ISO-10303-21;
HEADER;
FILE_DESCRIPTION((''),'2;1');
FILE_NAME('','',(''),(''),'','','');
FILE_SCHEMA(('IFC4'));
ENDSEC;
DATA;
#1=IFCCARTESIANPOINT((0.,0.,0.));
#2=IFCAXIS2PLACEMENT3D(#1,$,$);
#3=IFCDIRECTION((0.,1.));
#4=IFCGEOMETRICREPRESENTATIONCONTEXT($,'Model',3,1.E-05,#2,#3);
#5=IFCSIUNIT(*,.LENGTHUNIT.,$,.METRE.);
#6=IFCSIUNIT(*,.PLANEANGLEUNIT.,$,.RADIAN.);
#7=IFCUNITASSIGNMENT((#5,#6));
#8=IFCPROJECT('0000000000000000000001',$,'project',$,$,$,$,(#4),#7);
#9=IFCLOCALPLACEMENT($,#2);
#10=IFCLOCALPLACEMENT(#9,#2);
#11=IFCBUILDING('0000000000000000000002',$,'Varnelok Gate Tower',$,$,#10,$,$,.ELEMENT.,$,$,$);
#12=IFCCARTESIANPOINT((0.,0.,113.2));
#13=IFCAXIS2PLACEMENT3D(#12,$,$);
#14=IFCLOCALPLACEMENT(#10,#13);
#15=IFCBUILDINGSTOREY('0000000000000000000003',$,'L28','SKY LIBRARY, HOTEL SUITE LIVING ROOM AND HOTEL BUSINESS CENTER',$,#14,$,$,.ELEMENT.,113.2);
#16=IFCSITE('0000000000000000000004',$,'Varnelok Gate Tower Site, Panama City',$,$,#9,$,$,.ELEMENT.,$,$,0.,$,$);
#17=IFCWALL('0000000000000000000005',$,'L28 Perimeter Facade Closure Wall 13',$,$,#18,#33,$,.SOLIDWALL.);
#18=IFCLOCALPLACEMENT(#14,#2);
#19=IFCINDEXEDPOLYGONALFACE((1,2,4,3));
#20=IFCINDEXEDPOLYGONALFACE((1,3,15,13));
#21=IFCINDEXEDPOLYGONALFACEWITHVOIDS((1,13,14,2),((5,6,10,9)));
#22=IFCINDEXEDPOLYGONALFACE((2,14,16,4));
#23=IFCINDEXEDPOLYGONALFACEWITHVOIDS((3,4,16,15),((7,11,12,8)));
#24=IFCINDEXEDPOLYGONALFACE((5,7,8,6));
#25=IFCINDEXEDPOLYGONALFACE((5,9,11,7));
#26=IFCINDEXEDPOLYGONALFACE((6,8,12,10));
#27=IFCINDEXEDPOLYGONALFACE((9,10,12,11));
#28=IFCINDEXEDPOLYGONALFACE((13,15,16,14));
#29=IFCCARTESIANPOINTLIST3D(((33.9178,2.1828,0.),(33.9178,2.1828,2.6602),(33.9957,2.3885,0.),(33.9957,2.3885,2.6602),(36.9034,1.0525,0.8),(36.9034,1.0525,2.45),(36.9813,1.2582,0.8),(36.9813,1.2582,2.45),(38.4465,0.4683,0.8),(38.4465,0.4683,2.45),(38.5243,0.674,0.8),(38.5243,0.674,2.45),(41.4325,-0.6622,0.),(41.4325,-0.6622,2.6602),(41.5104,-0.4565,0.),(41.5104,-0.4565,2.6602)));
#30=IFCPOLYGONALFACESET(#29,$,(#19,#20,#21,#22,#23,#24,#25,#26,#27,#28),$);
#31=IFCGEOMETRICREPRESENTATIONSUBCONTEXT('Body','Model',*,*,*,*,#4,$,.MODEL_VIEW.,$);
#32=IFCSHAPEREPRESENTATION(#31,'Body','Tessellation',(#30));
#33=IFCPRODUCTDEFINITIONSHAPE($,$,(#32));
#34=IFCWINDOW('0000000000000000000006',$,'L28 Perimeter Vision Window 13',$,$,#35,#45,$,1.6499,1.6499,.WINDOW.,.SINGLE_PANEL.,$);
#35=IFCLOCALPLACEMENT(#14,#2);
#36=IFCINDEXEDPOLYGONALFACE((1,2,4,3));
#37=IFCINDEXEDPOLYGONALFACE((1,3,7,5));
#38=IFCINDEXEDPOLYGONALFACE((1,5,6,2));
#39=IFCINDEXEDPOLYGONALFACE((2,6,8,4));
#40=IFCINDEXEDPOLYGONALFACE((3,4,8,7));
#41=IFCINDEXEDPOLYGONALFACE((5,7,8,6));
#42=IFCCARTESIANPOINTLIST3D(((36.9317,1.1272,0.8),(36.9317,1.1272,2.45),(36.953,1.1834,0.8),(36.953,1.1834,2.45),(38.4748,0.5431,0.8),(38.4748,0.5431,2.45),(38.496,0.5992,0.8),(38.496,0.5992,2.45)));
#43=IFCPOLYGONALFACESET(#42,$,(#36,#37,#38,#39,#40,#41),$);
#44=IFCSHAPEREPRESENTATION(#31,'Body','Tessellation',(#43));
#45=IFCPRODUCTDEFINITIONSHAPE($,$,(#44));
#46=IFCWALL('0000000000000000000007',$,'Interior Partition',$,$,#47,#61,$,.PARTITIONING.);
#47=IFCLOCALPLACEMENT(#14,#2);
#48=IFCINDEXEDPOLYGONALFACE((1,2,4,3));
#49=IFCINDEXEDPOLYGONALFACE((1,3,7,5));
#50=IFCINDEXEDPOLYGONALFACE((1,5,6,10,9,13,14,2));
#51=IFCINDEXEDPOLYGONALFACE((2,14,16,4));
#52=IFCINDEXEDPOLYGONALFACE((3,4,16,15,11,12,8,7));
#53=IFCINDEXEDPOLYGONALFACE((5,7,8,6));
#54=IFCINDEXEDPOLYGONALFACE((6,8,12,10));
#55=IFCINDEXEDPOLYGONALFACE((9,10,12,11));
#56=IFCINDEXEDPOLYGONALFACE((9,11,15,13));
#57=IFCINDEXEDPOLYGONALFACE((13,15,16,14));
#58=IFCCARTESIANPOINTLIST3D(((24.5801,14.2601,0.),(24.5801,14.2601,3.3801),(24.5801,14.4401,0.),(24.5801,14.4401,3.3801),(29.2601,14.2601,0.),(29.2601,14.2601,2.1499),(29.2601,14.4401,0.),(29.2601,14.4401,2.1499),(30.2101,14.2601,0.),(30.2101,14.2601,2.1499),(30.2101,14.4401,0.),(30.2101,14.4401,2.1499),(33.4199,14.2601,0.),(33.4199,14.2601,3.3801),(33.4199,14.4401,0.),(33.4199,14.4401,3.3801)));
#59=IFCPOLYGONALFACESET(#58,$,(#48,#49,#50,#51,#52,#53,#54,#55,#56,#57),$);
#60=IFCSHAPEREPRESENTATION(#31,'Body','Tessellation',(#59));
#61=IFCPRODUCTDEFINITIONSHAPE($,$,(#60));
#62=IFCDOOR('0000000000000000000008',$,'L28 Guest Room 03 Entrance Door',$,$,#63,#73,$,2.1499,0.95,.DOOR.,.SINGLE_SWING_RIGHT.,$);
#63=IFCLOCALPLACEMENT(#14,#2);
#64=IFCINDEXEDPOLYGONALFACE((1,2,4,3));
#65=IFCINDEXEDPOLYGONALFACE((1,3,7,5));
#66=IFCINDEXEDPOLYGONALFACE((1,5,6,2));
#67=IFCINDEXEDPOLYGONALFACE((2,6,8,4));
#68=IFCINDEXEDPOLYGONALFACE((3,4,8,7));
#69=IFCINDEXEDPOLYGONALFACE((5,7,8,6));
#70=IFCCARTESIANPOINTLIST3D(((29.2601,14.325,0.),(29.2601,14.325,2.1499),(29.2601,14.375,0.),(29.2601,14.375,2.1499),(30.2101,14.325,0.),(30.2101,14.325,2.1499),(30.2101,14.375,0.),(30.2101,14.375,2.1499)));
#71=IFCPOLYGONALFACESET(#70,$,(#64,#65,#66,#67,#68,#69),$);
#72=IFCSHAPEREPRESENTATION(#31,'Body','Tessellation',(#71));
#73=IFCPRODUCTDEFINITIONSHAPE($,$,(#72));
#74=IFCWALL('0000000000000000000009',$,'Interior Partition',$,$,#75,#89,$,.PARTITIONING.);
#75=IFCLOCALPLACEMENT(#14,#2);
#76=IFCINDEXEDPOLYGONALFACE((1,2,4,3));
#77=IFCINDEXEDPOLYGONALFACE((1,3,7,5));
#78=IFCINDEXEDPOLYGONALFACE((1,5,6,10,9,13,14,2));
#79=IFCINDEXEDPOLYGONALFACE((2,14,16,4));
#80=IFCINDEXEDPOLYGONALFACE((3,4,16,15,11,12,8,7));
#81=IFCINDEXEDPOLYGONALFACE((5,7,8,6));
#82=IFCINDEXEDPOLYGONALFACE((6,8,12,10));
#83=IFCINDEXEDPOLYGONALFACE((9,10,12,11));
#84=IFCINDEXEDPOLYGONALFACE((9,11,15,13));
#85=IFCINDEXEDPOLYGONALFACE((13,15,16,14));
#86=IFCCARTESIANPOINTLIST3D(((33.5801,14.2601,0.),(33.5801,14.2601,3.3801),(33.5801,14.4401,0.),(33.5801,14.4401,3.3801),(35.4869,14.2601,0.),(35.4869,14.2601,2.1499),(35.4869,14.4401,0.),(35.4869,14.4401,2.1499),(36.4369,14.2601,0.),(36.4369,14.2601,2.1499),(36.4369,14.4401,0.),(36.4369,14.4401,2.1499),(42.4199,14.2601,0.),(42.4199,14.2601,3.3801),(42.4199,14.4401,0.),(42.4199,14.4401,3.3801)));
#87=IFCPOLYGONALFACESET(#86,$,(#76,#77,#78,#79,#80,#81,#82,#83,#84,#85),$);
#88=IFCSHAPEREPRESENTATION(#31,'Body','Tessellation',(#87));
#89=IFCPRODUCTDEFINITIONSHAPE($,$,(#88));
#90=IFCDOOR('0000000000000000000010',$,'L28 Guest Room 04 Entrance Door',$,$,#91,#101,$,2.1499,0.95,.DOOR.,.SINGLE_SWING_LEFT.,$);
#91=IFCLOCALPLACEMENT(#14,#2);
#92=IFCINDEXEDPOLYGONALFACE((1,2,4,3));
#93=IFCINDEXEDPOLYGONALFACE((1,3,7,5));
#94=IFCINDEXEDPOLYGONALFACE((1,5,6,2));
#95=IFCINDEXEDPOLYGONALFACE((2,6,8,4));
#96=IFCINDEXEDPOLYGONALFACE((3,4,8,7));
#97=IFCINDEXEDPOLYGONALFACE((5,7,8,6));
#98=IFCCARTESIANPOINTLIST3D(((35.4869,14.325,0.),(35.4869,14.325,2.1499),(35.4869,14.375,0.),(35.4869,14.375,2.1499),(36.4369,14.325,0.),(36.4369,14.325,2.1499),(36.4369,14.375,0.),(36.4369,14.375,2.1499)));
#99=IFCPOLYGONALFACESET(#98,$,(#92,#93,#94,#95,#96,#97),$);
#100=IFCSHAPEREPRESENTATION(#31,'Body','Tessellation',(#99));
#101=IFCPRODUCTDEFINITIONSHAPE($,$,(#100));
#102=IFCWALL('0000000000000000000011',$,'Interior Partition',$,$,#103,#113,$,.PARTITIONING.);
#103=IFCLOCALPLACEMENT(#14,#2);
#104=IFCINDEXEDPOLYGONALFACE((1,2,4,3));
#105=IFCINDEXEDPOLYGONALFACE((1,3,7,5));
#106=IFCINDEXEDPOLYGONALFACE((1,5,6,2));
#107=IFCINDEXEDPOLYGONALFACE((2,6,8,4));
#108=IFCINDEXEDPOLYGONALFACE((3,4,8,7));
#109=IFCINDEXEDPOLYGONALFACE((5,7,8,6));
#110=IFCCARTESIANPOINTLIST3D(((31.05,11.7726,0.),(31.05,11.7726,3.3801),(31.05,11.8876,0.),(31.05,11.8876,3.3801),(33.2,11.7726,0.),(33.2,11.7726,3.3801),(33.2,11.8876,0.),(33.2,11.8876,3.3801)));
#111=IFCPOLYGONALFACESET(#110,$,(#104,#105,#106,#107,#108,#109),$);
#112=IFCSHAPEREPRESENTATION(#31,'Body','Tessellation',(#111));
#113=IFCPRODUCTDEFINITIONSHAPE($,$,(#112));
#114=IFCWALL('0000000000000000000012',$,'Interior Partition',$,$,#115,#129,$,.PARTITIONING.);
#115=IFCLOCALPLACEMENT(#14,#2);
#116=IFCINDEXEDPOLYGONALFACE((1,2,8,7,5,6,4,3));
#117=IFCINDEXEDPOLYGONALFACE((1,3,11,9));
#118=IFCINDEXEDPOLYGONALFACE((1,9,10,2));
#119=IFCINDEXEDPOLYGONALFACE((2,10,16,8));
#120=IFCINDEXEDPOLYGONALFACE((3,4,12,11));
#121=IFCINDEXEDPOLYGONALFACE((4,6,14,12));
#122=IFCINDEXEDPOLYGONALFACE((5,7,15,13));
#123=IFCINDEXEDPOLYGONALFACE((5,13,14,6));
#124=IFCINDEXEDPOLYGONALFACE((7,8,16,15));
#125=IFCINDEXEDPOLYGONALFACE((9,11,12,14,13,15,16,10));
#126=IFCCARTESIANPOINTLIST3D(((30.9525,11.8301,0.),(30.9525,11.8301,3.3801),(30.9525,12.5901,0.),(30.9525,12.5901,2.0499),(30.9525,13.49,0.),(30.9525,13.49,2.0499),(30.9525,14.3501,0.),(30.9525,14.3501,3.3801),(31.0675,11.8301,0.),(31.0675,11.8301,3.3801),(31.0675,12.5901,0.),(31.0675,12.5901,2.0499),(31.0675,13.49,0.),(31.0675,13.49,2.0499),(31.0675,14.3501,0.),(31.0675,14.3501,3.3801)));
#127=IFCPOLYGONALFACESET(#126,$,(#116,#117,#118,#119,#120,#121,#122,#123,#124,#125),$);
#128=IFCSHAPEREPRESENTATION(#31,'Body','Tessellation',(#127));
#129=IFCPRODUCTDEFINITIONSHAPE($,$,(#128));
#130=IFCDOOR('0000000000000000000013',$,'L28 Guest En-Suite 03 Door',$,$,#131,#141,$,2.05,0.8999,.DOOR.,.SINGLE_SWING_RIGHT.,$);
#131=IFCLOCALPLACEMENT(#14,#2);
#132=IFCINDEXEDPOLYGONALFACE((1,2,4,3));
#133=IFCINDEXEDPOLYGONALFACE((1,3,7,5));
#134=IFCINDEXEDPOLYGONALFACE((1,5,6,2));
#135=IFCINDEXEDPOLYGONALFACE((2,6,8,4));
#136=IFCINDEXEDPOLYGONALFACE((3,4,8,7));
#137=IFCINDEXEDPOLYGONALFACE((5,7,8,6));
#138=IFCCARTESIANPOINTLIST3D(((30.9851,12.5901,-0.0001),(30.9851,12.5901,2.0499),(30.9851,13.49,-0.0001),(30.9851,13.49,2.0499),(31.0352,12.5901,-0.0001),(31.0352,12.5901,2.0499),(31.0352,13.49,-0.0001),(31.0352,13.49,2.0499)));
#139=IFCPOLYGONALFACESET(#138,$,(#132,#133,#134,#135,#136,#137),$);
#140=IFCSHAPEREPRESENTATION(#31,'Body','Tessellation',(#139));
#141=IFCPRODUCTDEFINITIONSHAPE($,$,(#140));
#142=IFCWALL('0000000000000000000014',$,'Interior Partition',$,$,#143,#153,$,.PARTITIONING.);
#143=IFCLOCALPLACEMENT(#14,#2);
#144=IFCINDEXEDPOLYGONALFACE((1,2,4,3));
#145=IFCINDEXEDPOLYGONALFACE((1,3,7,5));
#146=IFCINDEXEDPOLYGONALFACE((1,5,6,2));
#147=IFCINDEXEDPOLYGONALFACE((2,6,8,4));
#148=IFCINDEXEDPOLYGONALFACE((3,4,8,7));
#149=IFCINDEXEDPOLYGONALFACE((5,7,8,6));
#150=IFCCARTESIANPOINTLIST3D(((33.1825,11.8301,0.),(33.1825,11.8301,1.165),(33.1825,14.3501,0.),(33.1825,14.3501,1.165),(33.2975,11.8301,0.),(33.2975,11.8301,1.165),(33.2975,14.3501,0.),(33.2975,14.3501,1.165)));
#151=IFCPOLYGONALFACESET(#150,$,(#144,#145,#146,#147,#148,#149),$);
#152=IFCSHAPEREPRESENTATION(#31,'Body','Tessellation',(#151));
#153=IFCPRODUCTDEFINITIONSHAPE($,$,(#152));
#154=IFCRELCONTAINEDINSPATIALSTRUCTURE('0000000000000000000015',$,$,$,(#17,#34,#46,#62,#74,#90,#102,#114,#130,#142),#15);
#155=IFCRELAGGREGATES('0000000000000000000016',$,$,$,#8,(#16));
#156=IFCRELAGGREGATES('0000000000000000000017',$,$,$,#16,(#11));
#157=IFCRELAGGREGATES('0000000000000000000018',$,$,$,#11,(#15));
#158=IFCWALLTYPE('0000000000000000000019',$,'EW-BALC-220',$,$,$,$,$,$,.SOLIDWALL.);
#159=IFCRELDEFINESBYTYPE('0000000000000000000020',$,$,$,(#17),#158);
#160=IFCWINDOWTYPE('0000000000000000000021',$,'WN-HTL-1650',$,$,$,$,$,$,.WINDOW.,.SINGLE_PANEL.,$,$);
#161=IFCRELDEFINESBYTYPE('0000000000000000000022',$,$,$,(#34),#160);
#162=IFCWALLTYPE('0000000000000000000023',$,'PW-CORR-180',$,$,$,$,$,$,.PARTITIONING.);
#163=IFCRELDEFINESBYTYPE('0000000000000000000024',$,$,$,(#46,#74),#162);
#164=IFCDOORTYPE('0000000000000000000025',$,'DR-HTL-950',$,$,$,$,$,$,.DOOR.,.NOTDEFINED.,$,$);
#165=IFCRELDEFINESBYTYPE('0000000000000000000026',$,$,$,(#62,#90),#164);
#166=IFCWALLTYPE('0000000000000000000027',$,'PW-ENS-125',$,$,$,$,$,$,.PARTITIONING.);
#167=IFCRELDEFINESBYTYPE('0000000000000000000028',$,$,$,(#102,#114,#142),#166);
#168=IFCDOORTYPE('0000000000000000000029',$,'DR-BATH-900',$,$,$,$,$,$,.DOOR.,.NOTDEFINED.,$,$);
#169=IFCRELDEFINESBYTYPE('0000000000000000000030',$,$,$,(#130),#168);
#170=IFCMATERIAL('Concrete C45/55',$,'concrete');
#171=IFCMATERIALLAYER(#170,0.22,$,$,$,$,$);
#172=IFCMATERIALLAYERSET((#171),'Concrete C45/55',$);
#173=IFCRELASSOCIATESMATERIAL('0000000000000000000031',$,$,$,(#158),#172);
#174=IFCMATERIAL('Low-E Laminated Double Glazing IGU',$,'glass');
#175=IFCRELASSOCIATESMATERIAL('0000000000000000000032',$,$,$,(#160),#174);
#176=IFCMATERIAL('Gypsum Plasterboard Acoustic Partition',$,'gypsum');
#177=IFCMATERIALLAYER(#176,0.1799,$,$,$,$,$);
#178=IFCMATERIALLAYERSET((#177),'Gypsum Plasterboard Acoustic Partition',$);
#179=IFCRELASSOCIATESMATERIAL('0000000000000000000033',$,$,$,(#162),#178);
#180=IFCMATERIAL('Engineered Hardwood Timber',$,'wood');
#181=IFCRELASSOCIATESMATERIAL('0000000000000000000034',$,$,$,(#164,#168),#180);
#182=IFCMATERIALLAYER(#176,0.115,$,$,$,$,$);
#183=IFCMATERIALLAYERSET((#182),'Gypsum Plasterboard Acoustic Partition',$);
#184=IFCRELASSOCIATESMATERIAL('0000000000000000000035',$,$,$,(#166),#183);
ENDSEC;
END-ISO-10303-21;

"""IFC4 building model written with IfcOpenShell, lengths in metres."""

from ifc_helpers import new_model, si_unit, direction, frame, frame_2d, origin, place, context, subcontext, project, spatial, rectangle, extrude, material, layer, layer_set, type_object, element, fill, save


model = new_model("IFC4")

# Units and contexts
model_context = context("Model", 3, precision=1e-05, world=origin(), true_north=direction((0.0, 1.0)))
body_context = subcontext(model_context, "Body", "Model", "MODEL_VIEW")
ifc_project = project(units=[si_unit("LENGTHUNIT", "METRE"), si_unit("PLANEANGLEUNIT", "RADIAN")], contexts=[model_context])

# Site, building, storey
site_placement = place(None, origin())
site = spatial("IfcSite", under=ifc_project, at=site_placement, Name="Varnelok Gate Tower Site, Panama City", CompositionType="ELEMENT", RefElevation=0.0)
building_placement = place(site_placement, origin())
building = spatial("IfcBuilding", under=site, at=building_placement, Name="Varnelok Gate Tower", CompositionType="ELEMENT")
storey_placement = place(building_placement, frame((0.0, 0.0, 113.2)))
storey = spatial("IfcBuildingStorey", under=building, at=storey_placement, Name="L28", Description="SKY LIBRARY, HOTEL SUITE LIVING ROOM AND HOTEL BUSINESS CENTER", CompositionType="ELEMENT", Elevation=113.2)

# Shared definitions
ifc_material_1 = material(Name="Concrete C45/55", Category="concrete")
ifc_layer_1 = layer(ifc_material_1, 0.22)
ifc_layer_set_1 = layer_set([ifc_layer_1], Name="Concrete C45/55")
wall_type_1 = type_object("IfcWallType", Name="EW-BALC-220", PredefinedType="SOLIDWALL", material=ifc_layer_set_1)
ifc_material_2 = material(Name="Low-E Laminated Double Glazing IGU", Category="glass")
window_type = type_object("IfcWindowType", Name="WN-HTL-1650", PartitioningType="SINGLE_PANEL", PredefinedType="WINDOW", material=ifc_material_2)

# Wall, opening, window
wall_1_placement = place(storey_placement, frame((33.9568, 2.2856, 0.0), z_axis=(0.0, 0.0, 1.0), x_axis=(0.935221, -0.354065, 0.0)))
wall_1 = element("IfcWall", 1, at=wall_1_placement, inside=storey, type_object=wall_type_1, Name="L28 Perimeter Facade Closure Wall 13", PredefinedType="SOLIDWALL", context=body_context, shape_type="SweptSolid", body=[
    extrude(rectangle(XDim=8.0352, YDim=0.22, at=frame_2d((4.0176, 0.0))), origin(), (0.0, 0.0, 1.0), 2.6602),
])
opening_1_placement = place(wall_1_placement, frame((3.1924, 0.0, 0.8)))
opening_1 = element("IfcOpeningElement", 2, at=opening_1_placement, cuts=wall_1, PredefinedType="OPENING", context=body_context, shape_type="SweptSolid", body=[
    extrude(rectangle(XDim=1.6499, YDim=1.6499, at=frame_2d((0.825, 0.825))), frame((0.0, 0.1199, 0.0), z_axis=(0.0, -1.0, 0.0), x_axis=(1.0, 0.0, 0.0)), (0.0, 0.0, 1.0), 0.24),
])
window_1_placement = place(opening_1_placement, origin())
window_1 = element("IfcWindow", 3, at=window_1_placement, inside=storey, type_object=window_type, Name="L28 Perimeter Vision Window 13", OverallHeight=1.6499, OverallWidth=1.6499, PartitioningType="SINGLE_PANEL", PredefinedType="WINDOW", context=body_context, shape_type="SweptSolid", body=[
    extrude(rectangle(XDim=1.6499, YDim=1.6499, at=frame_2d((0.825, 0.825))), frame((0.0, 0.03, 0.0), z_axis=(0.0, -1.0, 0.0), x_axis=(1.0, 0.0, 0.0)), (0.0, 0.0, 1.0), 0.0601),
])
fill(opening_1, window_1)

# Walls, openings, doors
ifc_material_3 = material(Name="Gypsum Plasterboard Acoustic Partition", Category="gypsum")
ifc_layer_2 = layer(ifc_material_3, 0.1799)
ifc_layer_set_2 = layer_set([ifc_layer_2], Name="Gypsum Plasterboard Acoustic Partition")
wall_type_2 = type_object("IfcWallType", Name="PW-CORR-180", PredefinedType="PARTITIONING", material=ifc_layer_set_2)
wall_2_placement = place(storey_placement, frame((24.5801, 14.3501, 0.0), z_axis=(0.0, 0.0, 1.0), x_axis=(1.0, 0.0, 0.0)))
wall_2 = element("IfcWall", 4, at=wall_2_placement, inside=storey, type_object=wall_type_2, Name="Interior Partition", PredefinedType="PARTITIONING", context=body_context, shape_type="SweptSolid", body=[
    extrude(rectangle(XDim=8.8398, YDim=0.1799, at=frame_2d((4.4199, 0.0))), origin(), (0.0, 0.0, 1.0), 3.3801),
])
opening_2_placement = place(wall_2_placement, frame((4.6799, 0.0, 0.0)))
opening_2 = element("IfcOpeningElement", 5, at=opening_2_placement, cuts=wall_2, PredefinedType="OPENING", context=body_context, shape_type="SweptSolid", body=[
    extrude(rectangle(XDim=0.95, YDim=2.1499, at=frame_2d((0.4751, 1.075))), frame((0.0, 0.0999, 0.0), z_axis=(0.0, -1.0, 0.0), x_axis=(1.0, 0.0, 0.0)), (0.0, 0.0, 1.0), 0.2),
])
ifc_material_4 = material(Name="Engineered Hardwood Timber", Category="wood")
door_type_1 = type_object("IfcDoorType", Name="DR-HTL-950", OperationType="NOTDEFINED", PredefinedType="DOOR", material=ifc_material_4)
door_1_placement = place(opening_2_placement, origin())
door_1 = element("IfcDoor", 6, at=door_1_placement, inside=storey, type_object=door_type_1, Name="L28 Guest Room 03 Entrance Door", OperationType="SINGLE_SWING_RIGHT", OverallHeight=2.1499, OverallWidth=0.95, PredefinedType="DOOR", context=body_context, shape_type="SweptSolid", body=[
    extrude(rectangle(XDim=0.95, YDim=2.1499, at=frame_2d((0.4751, 1.075))), frame((0.0, 0.0249, 0.0), z_axis=(0.0, -1.0, 0.0), x_axis=(1.0, 0.0, 0.0)), (0.0, 0.0, 1.0), 0.05),
])
fill(opening_2, door_1)
wall_3_placement = place(storey_placement, frame((33.5801, 14.3501, 0.0), z_axis=(0.0, 0.0, 1.0), x_axis=(1.0, 0.0, 0.0)))
wall_3 = element("IfcWall", 7, at=wall_3_placement, inside=storey, type_object=wall_type_2, Name="Interior Partition", PredefinedType="PARTITIONING", context=body_context, shape_type="SweptSolid", body=[
    extrude(rectangle(XDim=8.8398, YDim=0.1799, at=frame_2d((4.4199, 0.0))), origin(), (0.0, 0.0, 1.0), 3.3801),
])
opening_3_placement = place(wall_3_placement, frame((1.9067, 0.0, 0.0)))
opening_3 = element("IfcOpeningElement", 8, at=opening_3_placement, cuts=wall_3, PredefinedType="OPENING", context=body_context, shape_type="SweptSolid", body=[
    extrude(rectangle(XDim=0.95, YDim=2.1499, at=frame_2d((0.4751, 1.075))), frame((0.0, 0.0999, 0.0), z_axis=(0.0, -1.0, 0.0), x_axis=(1.0, 0.0, 0.0)), (0.0, 0.0, 1.0), 0.2),
])
door_2_placement = place(opening_3_placement, origin())
door_2 = element("IfcDoor", 9, at=door_2_placement, inside=storey, type_object=door_type_1, Name="L28 Guest Room 04 Entrance Door", OperationType="SINGLE_SWING_LEFT", OverallHeight=2.1499, OverallWidth=0.95, PredefinedType="DOOR", context=body_context, shape_type="SweptSolid", body=[
    extrude(rectangle(XDim=0.95, YDim=2.1499, at=frame_2d((0.4751, 1.075))), frame((0.0, 0.0249, 0.0), z_axis=(0.0, -1.0, 0.0), x_axis=(1.0, 0.0, 0.0)), (0.0, 0.0, 1.0), 0.05),
])
fill(opening_3, door_2)

# Wall
ifc_layer_3 = layer(ifc_material_3, 0.115)
ifc_layer_set_3 = layer_set([ifc_layer_3], Name="Gypsum Plasterboard Acoustic Partition")
wall_type_3 = type_object("IfcWallType", Name="PW-ENS-125", PredefinedType="PARTITIONING", material=ifc_layer_set_3)
wall_4_placement = place(storey_placement, frame((31.05, 11.8301, 0.0), z_axis=(0.0, 0.0, 1.0), x_axis=(1.0, 0.0, 0.0)))
element("IfcWall", 10, at=wall_4_placement, inside=storey, type_object=wall_type_3, Name="Interior Partition", PredefinedType="PARTITIONING", context=body_context, shape_type="SweptSolid", body=[
    extrude(rectangle(XDim=2.1499, YDim=0.115, at=frame_2d((1.075, 0.0))), origin(), (0.0, 0.0, 1.0), 3.3801),
])

# Wall, opening, door
wall_5_placement = place(storey_placement, frame((31.01, 11.8301, 0.0), z_axis=(0.0, 0.0, 1.0), x_axis=(0.0, 1.0, 0.0)))
wall_5 = element("IfcWall", 11, at=wall_5_placement, inside=storey, type_object=wall_type_3, Name="Interior Partition", PredefinedType="PARTITIONING", context=body_context, shape_type="SweptSolid", body=[
    extrude(rectangle(XDim=2.52, YDim=0.115, at=frame_2d((1.26, 0.0))), origin(), (0.0, 0.0, 1.0), 3.3801),
])
opening_4_placement = place(wall_5_placement, frame((0.76, 0.0, 0.0)))
opening_4 = element("IfcOpeningElement", 12, at=opening_4_placement, cuts=wall_5, PredefinedType="OPENING", context=body_context, shape_type="SweptSolid", body=[
    extrude(rectangle(XDim=0.8999, YDim=2.05, at=frame_2d((0.45, 1.0249))), frame((0.0, 0.0674, 0.0), z_axis=(0.0, -1.0, 0.0), x_axis=(1.0, 0.0, 0.0)), (0.0, 0.0, 1.0), 0.135),
])
door_type_2 = type_object("IfcDoorType", Name="DR-BATH-900", OperationType="NOTDEFINED", PredefinedType="DOOR", material=ifc_material_4)
door_3_placement = place(opening_4_placement, origin())
door_3 = element("IfcDoor", 13, at=door_3_placement, inside=storey, type_object=door_type_2, Name="L28 Guest En-Suite 03 Door", OperationType="SINGLE_SWING_RIGHT", OverallHeight=2.05, OverallWidth=0.8999, PredefinedType="DOOR", context=body_context, shape_type="SweptSolid", body=[
    extrude(rectangle(XDim=0.8999, YDim=2.05, at=frame_2d((0.45, 1.0249))), frame((0.0, 0.0249, 0.0), z_axis=(0.0, -1.0, 0.0), x_axis=(1.0, 0.0, 0.0)), (0.0, 0.0, 1.0), 0.05),
])
fill(opening_4, door_3)

# Wall
wall_6_placement = place(storey_placement, frame((33.24, 11.8301, 0.0), z_axis=(0.0, 0.0, 1.0), x_axis=(0.0, 1.0, 0.0)))
element("IfcWall", 14, at=wall_6_placement, inside=storey, type_object=wall_type_3, Name="Interior Partition", PredefinedType="PARTITIONING", context=body_context, shape_type="SweptSolid", body=[
    extrude(rectangle(XDim=2.52, YDim=0.115, at=frame_2d((1.26, 0.0))), origin(), (0.0, 0.0, 1.0), 1.165),
])

save(model, "model.ifc")
